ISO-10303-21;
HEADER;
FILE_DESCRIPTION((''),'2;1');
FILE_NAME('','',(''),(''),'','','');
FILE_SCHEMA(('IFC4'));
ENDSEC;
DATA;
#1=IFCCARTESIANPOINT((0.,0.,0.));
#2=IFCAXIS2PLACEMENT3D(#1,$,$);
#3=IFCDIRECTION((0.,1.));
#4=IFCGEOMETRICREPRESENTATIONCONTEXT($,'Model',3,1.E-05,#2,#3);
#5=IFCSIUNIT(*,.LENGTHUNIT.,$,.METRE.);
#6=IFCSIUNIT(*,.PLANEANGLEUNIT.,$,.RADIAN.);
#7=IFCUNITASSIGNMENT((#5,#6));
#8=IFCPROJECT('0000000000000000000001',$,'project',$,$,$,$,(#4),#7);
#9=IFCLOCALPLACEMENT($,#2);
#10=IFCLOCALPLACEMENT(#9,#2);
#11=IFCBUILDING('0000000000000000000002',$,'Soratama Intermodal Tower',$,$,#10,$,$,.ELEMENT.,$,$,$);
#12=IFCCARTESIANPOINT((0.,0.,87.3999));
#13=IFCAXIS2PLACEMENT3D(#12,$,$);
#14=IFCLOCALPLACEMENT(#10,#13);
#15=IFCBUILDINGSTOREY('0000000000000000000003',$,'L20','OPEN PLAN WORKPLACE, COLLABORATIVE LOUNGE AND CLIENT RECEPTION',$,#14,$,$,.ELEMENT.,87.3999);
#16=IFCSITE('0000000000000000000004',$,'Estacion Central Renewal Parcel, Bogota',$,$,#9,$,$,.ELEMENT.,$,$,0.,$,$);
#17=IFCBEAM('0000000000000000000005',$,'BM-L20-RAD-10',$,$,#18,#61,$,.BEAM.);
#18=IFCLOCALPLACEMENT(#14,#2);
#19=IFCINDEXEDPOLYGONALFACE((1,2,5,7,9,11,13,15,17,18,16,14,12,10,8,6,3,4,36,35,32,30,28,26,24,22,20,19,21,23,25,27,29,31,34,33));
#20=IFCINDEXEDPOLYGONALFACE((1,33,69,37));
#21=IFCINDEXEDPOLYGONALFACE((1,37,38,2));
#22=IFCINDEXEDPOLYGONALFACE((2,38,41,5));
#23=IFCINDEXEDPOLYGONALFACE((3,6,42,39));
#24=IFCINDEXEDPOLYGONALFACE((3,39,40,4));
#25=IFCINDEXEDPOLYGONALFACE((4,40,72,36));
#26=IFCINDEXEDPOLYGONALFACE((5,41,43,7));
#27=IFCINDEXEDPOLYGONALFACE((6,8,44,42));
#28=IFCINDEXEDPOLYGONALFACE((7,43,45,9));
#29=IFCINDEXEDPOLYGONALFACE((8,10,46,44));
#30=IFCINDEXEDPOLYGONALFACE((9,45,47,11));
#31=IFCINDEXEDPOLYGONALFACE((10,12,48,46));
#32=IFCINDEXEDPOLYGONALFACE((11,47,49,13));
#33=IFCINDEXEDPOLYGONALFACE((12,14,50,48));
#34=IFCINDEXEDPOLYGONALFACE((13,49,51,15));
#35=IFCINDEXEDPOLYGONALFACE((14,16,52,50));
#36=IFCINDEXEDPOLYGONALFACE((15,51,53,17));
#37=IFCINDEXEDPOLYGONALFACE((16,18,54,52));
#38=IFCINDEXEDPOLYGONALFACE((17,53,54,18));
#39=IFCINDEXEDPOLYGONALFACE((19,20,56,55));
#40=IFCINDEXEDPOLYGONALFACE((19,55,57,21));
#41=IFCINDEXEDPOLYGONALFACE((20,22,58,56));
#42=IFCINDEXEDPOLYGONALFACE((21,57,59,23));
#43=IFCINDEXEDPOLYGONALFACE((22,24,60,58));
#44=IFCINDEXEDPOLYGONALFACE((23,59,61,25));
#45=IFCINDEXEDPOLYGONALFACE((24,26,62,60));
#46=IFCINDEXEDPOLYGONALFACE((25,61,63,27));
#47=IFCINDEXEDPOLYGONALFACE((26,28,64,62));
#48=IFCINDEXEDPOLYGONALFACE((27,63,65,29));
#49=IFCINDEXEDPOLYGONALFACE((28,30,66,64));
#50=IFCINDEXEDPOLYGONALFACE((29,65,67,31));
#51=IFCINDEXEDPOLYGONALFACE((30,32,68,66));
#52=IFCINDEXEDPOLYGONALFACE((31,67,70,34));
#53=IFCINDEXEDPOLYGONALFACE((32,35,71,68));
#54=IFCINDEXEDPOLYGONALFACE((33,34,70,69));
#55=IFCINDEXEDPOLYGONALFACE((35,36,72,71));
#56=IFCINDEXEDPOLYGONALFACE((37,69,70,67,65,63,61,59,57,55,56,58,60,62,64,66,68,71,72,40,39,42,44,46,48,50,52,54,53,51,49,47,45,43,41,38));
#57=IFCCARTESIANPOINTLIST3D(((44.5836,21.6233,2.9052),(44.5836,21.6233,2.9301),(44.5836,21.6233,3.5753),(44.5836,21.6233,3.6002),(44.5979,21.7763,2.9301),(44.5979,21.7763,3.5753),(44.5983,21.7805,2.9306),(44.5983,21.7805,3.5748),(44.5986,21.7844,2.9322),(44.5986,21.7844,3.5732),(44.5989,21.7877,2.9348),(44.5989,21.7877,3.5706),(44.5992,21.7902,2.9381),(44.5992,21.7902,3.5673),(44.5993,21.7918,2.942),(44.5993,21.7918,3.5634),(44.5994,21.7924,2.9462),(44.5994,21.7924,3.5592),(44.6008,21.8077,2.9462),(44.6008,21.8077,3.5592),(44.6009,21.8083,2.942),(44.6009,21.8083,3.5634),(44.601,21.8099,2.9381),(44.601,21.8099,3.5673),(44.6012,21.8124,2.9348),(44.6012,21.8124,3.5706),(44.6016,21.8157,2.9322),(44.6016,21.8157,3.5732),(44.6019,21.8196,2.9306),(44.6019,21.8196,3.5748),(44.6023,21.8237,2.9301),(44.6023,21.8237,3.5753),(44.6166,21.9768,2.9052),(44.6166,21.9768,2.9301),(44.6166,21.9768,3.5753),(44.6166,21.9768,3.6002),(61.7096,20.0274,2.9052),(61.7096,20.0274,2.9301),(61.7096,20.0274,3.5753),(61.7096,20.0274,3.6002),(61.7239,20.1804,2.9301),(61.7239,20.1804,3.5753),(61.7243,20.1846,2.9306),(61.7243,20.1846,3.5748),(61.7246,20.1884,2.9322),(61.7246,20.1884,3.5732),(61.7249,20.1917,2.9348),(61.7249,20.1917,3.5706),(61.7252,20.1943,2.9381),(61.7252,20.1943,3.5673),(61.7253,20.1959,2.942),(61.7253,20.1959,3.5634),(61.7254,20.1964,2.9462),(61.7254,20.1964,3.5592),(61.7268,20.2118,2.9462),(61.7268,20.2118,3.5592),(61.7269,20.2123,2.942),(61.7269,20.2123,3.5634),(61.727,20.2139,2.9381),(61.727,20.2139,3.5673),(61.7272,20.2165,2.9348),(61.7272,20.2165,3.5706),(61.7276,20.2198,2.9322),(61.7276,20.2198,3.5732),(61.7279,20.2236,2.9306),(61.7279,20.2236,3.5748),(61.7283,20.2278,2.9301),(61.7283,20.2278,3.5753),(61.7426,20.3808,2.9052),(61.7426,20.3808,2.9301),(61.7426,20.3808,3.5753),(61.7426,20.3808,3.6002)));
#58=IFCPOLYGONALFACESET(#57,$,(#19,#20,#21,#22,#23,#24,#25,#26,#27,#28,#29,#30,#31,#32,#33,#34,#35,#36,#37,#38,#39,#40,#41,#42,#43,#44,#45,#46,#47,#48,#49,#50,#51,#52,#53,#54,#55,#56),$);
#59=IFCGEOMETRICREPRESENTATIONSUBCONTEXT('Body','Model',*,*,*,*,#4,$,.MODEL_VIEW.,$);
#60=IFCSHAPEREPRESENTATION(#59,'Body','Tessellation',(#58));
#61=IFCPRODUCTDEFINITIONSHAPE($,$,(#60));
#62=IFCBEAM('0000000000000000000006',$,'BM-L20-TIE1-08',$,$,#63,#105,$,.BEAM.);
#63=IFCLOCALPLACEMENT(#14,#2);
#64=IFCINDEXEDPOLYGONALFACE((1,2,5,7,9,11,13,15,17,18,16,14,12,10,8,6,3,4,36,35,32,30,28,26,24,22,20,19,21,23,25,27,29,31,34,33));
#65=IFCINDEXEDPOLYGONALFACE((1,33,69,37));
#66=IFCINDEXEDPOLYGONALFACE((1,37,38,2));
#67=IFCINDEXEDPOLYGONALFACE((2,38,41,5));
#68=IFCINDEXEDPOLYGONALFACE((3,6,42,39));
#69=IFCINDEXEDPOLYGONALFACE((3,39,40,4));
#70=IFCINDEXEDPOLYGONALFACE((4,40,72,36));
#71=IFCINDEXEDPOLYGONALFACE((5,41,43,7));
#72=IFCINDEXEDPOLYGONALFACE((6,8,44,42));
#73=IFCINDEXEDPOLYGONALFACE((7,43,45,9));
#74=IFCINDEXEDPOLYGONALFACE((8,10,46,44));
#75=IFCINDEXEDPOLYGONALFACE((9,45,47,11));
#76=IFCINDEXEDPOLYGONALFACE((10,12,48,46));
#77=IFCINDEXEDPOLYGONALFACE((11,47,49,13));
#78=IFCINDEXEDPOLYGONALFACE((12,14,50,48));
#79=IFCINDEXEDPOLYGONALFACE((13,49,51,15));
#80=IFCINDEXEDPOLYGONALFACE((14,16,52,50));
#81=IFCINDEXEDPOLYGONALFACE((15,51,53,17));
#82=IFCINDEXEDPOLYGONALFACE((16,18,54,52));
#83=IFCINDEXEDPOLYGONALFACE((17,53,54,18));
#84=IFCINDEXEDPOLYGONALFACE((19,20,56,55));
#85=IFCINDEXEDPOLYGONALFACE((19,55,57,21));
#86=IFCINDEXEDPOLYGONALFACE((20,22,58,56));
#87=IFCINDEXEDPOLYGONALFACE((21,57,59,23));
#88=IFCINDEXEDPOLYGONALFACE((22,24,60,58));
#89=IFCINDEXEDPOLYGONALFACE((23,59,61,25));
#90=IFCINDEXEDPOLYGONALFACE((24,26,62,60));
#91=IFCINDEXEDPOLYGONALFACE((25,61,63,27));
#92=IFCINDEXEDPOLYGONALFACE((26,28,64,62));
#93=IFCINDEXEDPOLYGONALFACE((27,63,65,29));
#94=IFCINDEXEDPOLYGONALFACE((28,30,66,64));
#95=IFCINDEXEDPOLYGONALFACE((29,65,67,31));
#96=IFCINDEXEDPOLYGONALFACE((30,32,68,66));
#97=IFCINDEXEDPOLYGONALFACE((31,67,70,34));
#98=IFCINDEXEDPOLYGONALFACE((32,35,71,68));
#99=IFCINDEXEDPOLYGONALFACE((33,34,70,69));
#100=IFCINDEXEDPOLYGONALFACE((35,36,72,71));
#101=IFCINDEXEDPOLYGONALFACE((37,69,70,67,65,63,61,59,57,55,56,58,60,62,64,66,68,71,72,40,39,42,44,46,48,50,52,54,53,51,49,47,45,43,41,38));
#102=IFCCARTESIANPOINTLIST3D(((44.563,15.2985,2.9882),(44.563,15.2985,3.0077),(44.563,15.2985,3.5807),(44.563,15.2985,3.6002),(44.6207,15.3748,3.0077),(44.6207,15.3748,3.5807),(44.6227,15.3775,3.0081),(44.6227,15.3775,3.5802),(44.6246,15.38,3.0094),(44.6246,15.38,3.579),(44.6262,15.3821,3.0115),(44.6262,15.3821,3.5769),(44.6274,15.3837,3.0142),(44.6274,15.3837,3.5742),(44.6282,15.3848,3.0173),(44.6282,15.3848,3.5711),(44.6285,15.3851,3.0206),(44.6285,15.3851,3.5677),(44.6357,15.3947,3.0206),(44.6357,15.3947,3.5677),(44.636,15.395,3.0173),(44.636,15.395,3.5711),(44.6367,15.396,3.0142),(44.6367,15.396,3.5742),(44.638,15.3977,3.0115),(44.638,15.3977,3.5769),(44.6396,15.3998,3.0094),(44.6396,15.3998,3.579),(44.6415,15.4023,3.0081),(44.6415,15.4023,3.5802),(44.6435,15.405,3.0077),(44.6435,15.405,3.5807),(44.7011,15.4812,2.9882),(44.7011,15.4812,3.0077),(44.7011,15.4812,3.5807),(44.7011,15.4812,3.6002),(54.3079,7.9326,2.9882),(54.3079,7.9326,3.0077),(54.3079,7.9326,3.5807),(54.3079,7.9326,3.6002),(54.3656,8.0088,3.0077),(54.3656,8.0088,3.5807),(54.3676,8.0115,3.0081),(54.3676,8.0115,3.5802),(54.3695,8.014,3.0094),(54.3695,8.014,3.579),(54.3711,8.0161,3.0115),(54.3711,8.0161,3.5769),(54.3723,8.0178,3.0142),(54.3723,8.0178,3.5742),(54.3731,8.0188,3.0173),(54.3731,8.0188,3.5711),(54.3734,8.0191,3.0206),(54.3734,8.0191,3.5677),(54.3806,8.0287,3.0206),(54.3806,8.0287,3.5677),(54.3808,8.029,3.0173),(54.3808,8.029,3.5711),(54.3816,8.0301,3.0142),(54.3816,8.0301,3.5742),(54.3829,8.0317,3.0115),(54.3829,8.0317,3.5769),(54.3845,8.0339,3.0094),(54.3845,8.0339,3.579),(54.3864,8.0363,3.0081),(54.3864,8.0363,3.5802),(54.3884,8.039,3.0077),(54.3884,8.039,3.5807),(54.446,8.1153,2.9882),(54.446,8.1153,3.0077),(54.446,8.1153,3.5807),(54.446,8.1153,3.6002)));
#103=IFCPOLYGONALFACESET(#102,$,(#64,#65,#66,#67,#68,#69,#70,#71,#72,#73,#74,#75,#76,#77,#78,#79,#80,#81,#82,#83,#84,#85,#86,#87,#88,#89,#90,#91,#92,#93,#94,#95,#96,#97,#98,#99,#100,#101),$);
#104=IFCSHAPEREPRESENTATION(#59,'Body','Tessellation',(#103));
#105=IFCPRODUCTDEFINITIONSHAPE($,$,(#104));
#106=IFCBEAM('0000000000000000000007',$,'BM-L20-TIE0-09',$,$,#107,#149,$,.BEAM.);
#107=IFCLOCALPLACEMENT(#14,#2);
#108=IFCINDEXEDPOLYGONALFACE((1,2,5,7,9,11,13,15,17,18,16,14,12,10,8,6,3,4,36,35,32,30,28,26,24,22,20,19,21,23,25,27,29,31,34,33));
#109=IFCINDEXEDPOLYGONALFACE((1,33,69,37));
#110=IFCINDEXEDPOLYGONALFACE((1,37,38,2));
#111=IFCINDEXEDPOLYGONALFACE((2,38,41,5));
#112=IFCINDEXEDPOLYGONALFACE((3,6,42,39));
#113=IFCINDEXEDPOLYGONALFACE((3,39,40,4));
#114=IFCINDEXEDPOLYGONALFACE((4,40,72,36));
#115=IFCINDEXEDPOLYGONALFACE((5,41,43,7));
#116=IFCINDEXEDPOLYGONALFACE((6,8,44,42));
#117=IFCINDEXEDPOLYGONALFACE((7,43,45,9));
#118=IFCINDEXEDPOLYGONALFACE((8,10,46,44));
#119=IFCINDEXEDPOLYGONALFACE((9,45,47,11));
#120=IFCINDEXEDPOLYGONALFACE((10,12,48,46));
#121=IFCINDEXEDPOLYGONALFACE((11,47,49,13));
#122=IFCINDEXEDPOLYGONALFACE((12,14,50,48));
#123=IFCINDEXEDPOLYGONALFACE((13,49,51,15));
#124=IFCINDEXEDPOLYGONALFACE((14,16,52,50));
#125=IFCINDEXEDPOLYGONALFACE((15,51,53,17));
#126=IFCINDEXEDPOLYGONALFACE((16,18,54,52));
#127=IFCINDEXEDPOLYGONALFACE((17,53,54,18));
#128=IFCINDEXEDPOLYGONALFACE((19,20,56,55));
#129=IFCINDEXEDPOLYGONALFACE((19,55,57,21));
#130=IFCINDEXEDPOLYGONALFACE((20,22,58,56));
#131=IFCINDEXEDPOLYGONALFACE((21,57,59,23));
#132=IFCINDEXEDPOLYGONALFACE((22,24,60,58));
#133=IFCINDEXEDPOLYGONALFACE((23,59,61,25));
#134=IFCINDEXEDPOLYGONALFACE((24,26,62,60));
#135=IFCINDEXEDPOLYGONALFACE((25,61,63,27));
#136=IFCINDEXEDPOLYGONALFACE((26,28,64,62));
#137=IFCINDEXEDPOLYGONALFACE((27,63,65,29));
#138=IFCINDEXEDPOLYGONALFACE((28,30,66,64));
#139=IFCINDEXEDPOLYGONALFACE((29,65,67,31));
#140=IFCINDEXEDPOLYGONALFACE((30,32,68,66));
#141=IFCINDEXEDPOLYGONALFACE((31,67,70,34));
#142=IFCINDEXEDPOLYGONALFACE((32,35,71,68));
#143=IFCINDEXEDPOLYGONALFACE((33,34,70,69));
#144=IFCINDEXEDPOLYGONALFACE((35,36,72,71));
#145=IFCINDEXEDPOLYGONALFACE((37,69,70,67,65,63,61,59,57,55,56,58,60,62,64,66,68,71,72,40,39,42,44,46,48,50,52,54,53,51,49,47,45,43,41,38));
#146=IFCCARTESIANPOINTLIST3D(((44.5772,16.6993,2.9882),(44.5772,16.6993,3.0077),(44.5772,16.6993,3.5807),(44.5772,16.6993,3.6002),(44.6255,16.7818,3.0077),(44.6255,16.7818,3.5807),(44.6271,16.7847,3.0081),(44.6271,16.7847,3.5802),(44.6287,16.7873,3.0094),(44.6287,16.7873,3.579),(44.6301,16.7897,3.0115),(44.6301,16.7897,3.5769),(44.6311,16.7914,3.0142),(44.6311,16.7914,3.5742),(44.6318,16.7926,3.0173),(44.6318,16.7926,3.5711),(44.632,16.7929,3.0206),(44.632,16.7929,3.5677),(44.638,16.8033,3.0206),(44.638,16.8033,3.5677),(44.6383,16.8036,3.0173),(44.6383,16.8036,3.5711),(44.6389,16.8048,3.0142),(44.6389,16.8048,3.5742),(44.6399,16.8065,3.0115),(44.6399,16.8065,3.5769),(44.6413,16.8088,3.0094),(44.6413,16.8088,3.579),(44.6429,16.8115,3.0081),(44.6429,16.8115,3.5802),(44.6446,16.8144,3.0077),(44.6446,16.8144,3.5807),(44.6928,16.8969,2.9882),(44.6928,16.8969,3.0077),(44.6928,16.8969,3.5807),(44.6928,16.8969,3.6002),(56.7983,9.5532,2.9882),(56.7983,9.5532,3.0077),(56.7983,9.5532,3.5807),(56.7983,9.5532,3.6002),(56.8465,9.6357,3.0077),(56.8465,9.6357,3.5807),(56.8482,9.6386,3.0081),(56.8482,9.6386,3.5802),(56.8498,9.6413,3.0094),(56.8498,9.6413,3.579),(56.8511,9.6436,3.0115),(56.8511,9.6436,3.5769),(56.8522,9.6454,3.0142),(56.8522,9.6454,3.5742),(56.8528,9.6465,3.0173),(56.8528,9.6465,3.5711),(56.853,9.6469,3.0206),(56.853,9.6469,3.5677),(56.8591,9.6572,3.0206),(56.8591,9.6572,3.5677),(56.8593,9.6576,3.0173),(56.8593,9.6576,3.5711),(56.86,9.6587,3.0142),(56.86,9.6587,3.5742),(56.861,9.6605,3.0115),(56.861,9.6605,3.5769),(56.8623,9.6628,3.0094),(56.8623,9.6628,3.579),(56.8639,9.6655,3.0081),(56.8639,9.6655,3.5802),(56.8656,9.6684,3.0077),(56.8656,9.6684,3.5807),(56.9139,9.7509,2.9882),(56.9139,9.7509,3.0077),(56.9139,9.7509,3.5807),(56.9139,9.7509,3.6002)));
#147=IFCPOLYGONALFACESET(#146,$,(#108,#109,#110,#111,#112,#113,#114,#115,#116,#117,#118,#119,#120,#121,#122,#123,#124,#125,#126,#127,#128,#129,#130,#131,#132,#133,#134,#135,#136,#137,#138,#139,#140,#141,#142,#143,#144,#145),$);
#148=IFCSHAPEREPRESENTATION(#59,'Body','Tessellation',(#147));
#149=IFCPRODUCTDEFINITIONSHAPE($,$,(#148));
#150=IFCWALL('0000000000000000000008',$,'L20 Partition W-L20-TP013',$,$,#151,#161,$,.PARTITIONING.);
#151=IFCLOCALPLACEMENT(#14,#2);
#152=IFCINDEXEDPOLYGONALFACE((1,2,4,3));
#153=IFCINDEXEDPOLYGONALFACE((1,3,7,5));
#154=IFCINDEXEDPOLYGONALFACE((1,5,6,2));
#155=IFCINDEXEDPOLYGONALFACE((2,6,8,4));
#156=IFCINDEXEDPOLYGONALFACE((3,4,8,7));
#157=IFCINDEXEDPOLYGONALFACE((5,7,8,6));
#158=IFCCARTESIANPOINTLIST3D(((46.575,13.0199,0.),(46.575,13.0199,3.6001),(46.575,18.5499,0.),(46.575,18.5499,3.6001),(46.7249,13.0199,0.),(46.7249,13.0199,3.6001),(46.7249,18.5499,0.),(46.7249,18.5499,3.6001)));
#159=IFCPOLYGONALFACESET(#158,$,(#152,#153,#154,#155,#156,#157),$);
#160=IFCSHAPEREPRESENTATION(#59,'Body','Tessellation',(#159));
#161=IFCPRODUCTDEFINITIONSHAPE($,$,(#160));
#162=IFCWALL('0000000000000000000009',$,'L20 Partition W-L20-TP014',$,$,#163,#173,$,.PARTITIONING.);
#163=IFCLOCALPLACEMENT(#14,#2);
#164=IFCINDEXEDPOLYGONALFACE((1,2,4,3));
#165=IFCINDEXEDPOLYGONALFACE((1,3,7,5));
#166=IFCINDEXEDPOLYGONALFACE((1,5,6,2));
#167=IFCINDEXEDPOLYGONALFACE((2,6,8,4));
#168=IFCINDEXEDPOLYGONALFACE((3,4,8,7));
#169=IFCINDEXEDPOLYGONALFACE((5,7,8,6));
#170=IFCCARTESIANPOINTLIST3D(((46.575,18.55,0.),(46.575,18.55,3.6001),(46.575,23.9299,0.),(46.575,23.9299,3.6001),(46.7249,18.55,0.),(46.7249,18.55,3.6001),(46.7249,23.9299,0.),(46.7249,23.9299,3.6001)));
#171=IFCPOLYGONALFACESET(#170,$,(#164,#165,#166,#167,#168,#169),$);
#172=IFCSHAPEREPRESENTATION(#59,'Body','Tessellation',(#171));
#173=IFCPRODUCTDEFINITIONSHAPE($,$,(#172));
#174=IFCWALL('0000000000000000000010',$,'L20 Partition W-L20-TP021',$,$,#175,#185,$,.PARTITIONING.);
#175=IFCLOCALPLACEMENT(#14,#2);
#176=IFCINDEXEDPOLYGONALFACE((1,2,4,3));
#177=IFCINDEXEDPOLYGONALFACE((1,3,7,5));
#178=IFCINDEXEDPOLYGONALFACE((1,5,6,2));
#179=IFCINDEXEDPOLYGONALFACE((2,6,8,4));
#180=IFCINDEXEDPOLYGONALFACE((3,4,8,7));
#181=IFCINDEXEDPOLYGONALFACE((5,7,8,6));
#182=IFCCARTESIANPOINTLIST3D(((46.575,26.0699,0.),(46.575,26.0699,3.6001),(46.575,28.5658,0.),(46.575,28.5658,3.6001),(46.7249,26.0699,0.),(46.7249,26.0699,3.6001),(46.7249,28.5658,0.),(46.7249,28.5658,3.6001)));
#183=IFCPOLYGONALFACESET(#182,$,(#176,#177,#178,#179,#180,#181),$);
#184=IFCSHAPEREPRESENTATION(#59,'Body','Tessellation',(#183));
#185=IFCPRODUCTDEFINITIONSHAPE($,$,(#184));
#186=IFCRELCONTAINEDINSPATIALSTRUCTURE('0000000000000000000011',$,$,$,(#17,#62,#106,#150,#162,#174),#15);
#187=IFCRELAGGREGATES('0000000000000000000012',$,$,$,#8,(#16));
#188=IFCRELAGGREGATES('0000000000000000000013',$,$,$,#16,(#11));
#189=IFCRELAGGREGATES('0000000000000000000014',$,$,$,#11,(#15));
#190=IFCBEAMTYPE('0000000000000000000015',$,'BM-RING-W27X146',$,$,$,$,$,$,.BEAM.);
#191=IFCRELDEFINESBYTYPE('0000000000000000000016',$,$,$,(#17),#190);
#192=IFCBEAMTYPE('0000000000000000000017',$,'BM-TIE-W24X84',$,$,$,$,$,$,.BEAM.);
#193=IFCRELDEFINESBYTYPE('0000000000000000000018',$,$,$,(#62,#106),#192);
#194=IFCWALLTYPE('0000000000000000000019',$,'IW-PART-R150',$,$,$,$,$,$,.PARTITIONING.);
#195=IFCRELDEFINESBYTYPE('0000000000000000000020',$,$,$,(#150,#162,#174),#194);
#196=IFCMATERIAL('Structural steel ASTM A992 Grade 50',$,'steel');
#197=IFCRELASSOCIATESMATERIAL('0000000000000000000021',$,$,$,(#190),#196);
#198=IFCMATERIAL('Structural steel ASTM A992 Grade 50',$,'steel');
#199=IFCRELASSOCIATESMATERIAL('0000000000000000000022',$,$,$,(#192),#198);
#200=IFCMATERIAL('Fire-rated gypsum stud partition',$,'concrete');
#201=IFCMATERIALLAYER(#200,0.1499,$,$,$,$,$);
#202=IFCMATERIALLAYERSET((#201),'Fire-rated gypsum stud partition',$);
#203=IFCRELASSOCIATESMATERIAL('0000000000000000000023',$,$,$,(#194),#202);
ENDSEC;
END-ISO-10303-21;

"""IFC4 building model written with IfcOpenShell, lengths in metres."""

from ifc_helpers import new_model, si_unit, direction, frame, frame_2d, origin, origin_2d, place, context, subcontext, project, spatial, rectangle, i_section, extrude, material, layer, layer_set, material_profile, profile_set, type_object, element, save


model = new_model("IFC4")

# Units and contexts
model_context = context("Model", 3, precision=1e-05, world=origin(), true_north=direction((0.0, 1.0)))
body_context = subcontext(model_context, "Body", "Model", "MODEL_VIEW")
ifc_project = project(units=[si_unit("LENGTHUNIT", "METRE"), si_unit("PLANEANGLEUNIT", "RADIAN")], contexts=[model_context])

# Site, building, storey
site_placement = place(None, origin())
site = spatial("IfcSite", under=ifc_project, at=site_placement, Name="Estacion Central Renewal Parcel, Bogota", CompositionType="ELEMENT", RefElevation=0.0)
building_placement = place(site_placement, origin())
building = spatial("IfcBuilding", under=site, at=building_placement, Name="Soratama Intermodal Tower", CompositionType="ELEMENT")
storey_placement = place(building_placement, frame((0.0, 0.0, 87.3999)))
storey = spatial("IfcBuildingStorey", under=building, at=storey_placement, Name="L20", Description="OPEN PLAN WORKPLACE, COLLABORATIVE LOUNGE AND CLIENT RECEPTION", CompositionType="ELEMENT", Elevation=87.3999)

# Beams
ifc_material_1 = material(Name="Structural steel ASTM A992 Grade 50", Category="steel")
ifc_material_profile_1 = material_profile(ifc_material_1, i_section(OverallWidth=0.355, OverallDepth=0.6951, WebThickness=0.0154, FlangeThickness=0.0249, FilletRadius=0.0161, at=origin_2d()), Name="W27X146")
ifc_profile_set_1 = profile_set([ifc_material_profile_1], Name="Structural steel ASTM A992 Grade 50")
beam_type_1 = type_object("IfcBeamType", Name="BM-RING-W27X146", PredefinedType="BEAM", material=ifc_profile_set_1)
beam_1_placement = place(storey_placement, frame((44.6001, 21.8, 3.2527), z_axis=(0.995686, -0.092787, 0.0), x_axis=(0.092787, 0.995686, 0.0)))
element("IfcBeam", 1, at=beam_1_placement, inside=storey, type_object=beam_type_1, Name="BM-L20-RAD-10", PredefinedType="BEAM", context=body_context, shape_type="SweptSolid", body=[
    extrude(i_section(OverallWidth=0.355, OverallDepth=0.6951, WebThickness=0.0154, FlangeThickness=0.0249, FilletRadius=0.0161, at=origin_2d()), origin(), (0.0, 0.0, 1.0), 17.2002),
])
ifc_material_2 = material(Name="Structural steel ASTM A992 Grade 50", Category="steel")
ifc_material_profile_2 = material_profile(ifc_material_2, i_section(OverallWidth=0.229, OverallDepth=0.6121, WebThickness=0.012, FlangeThickness=0.0195, FilletRadius=0.0129, at=origin_2d()), Name="W24X84")
ifc_profile_set_2 = profile_set([ifc_material_profile_2], Name="Structural steel ASTM A992 Grade 50")
beam_type_2 = type_object("IfcBeamType", Name="BM-TIE-W24X84", PredefinedType="BEAM", material=ifc_profile_set_2)
beam_2_placement = place(storey_placement, frame((44.6321, 15.3899, 3.2942), z_axis=(0.797742, -0.602998, 0.0), x_axis=(0.602998, 0.797742, 0.0)))
element("IfcBeam", 2, at=beam_2_placement, inside=storey, type_object=beam_type_2, Name="BM-L20-TIE1-08", PredefinedType="BEAM", context=body_context, shape_type="SweptSolid", body=[
    extrude(i_section(OverallWidth=0.229, OverallDepth=0.6121, WebThickness=0.012, FlangeThickness=0.0195, FilletRadius=0.0129, at=origin_2d()), origin(), (0.0, 0.0, 1.0), 12.2156),
])
beam_3_placement = place(storey_placement, frame((44.635, 16.7981, 3.2942), z_axis=(0.863252, -0.504773, 0.0), x_axis=(0.504773, 0.863252, 0.0)))
element("IfcBeam", 3, at=beam_3_placement, inside=storey, type_object=beam_type_2, Name="BM-L20-TIE0-09", PredefinedType="BEAM", context=body_context, shape_type="SweptSolid", body=[
    extrude(i_section(OverallWidth=0.229, OverallDepth=0.6121, WebThickness=0.012, FlangeThickness=0.0195, FilletRadius=0.0129, at=origin_2d()), origin(), (0.0, 0.0, 1.0), 14.157),
])

# Walls
ifc_material_3 = material(Name="Fire-rated gypsum stud partition", Category="concrete")
ifc_layer_1 = layer(ifc_material_3, 0.1499)
ifc_layer_set_1 = layer_set([ifc_layer_1], Name="Fire-rated gypsum stud partition")
wall_type_1 = type_object("IfcWallType", Name="IW-PART-R150", PredefinedType="PARTITIONING", material=ifc_layer_set_1)
wall_1_placement = place(storey_placement, frame((46.6499, 18.55, 0.0), z_axis=(0.0, 0.0, 1.0), x_axis=(0.0, -1.0, 0.0)))
element("IfcWall", 4, at=wall_1_placement, inside=storey, type_object=wall_type_1, Name="L20 Partition W-L20-TP013", PredefinedType="PARTITIONING", context=body_context, shape_type="SweptSolid", body=[
    extrude(rectangle(XDim=5.53, YDim=0.1499, at=frame_2d((2.7651, 0.0))), origin(), (0.0, 0.0, 1.0), 3.6001),
])
wall_2_placement = place(storey_placement, frame((46.6499, 23.9299, 0.0), z_axis=(0.0, 0.0, 1.0), x_axis=(0.0, -1.0, 0.0)))
element("IfcWall", 5, at=wall_2_placement, inside=storey, type_object=wall_type_1, Name="L20 Partition W-L20-TP014", PredefinedType="PARTITIONING", context=body_context, shape_type="SweptSolid", body=[
    extrude(rectangle(XDim=5.3799, YDim=0.1499, at=frame_2d((2.6899, 0.0))), origin(), (0.0, 0.0, 1.0), 3.6001),
])
wall_3_placement = place(storey_placement, frame((46.6499, 28.5659, 0.0), z_axis=(0.0, 0.0, 1.0), x_axis=(0.0, -1.0, 0.0)))
element("IfcWall", 6, at=wall_3_placement, inside=storey, type_object=wall_type_1, Name="L20 Partition W-L20-TP021", PredefinedType="PARTITIONING", context=body_context, shape_type="SweptSolid", body=[
    extrude(rectangle(XDim=2.4958, YDim=0.1499, at=frame_2d((1.248, 0.0))), origin(), (0.0, 0.0, 1.0), 3.6001),
])

save(model, "model.ifc")
